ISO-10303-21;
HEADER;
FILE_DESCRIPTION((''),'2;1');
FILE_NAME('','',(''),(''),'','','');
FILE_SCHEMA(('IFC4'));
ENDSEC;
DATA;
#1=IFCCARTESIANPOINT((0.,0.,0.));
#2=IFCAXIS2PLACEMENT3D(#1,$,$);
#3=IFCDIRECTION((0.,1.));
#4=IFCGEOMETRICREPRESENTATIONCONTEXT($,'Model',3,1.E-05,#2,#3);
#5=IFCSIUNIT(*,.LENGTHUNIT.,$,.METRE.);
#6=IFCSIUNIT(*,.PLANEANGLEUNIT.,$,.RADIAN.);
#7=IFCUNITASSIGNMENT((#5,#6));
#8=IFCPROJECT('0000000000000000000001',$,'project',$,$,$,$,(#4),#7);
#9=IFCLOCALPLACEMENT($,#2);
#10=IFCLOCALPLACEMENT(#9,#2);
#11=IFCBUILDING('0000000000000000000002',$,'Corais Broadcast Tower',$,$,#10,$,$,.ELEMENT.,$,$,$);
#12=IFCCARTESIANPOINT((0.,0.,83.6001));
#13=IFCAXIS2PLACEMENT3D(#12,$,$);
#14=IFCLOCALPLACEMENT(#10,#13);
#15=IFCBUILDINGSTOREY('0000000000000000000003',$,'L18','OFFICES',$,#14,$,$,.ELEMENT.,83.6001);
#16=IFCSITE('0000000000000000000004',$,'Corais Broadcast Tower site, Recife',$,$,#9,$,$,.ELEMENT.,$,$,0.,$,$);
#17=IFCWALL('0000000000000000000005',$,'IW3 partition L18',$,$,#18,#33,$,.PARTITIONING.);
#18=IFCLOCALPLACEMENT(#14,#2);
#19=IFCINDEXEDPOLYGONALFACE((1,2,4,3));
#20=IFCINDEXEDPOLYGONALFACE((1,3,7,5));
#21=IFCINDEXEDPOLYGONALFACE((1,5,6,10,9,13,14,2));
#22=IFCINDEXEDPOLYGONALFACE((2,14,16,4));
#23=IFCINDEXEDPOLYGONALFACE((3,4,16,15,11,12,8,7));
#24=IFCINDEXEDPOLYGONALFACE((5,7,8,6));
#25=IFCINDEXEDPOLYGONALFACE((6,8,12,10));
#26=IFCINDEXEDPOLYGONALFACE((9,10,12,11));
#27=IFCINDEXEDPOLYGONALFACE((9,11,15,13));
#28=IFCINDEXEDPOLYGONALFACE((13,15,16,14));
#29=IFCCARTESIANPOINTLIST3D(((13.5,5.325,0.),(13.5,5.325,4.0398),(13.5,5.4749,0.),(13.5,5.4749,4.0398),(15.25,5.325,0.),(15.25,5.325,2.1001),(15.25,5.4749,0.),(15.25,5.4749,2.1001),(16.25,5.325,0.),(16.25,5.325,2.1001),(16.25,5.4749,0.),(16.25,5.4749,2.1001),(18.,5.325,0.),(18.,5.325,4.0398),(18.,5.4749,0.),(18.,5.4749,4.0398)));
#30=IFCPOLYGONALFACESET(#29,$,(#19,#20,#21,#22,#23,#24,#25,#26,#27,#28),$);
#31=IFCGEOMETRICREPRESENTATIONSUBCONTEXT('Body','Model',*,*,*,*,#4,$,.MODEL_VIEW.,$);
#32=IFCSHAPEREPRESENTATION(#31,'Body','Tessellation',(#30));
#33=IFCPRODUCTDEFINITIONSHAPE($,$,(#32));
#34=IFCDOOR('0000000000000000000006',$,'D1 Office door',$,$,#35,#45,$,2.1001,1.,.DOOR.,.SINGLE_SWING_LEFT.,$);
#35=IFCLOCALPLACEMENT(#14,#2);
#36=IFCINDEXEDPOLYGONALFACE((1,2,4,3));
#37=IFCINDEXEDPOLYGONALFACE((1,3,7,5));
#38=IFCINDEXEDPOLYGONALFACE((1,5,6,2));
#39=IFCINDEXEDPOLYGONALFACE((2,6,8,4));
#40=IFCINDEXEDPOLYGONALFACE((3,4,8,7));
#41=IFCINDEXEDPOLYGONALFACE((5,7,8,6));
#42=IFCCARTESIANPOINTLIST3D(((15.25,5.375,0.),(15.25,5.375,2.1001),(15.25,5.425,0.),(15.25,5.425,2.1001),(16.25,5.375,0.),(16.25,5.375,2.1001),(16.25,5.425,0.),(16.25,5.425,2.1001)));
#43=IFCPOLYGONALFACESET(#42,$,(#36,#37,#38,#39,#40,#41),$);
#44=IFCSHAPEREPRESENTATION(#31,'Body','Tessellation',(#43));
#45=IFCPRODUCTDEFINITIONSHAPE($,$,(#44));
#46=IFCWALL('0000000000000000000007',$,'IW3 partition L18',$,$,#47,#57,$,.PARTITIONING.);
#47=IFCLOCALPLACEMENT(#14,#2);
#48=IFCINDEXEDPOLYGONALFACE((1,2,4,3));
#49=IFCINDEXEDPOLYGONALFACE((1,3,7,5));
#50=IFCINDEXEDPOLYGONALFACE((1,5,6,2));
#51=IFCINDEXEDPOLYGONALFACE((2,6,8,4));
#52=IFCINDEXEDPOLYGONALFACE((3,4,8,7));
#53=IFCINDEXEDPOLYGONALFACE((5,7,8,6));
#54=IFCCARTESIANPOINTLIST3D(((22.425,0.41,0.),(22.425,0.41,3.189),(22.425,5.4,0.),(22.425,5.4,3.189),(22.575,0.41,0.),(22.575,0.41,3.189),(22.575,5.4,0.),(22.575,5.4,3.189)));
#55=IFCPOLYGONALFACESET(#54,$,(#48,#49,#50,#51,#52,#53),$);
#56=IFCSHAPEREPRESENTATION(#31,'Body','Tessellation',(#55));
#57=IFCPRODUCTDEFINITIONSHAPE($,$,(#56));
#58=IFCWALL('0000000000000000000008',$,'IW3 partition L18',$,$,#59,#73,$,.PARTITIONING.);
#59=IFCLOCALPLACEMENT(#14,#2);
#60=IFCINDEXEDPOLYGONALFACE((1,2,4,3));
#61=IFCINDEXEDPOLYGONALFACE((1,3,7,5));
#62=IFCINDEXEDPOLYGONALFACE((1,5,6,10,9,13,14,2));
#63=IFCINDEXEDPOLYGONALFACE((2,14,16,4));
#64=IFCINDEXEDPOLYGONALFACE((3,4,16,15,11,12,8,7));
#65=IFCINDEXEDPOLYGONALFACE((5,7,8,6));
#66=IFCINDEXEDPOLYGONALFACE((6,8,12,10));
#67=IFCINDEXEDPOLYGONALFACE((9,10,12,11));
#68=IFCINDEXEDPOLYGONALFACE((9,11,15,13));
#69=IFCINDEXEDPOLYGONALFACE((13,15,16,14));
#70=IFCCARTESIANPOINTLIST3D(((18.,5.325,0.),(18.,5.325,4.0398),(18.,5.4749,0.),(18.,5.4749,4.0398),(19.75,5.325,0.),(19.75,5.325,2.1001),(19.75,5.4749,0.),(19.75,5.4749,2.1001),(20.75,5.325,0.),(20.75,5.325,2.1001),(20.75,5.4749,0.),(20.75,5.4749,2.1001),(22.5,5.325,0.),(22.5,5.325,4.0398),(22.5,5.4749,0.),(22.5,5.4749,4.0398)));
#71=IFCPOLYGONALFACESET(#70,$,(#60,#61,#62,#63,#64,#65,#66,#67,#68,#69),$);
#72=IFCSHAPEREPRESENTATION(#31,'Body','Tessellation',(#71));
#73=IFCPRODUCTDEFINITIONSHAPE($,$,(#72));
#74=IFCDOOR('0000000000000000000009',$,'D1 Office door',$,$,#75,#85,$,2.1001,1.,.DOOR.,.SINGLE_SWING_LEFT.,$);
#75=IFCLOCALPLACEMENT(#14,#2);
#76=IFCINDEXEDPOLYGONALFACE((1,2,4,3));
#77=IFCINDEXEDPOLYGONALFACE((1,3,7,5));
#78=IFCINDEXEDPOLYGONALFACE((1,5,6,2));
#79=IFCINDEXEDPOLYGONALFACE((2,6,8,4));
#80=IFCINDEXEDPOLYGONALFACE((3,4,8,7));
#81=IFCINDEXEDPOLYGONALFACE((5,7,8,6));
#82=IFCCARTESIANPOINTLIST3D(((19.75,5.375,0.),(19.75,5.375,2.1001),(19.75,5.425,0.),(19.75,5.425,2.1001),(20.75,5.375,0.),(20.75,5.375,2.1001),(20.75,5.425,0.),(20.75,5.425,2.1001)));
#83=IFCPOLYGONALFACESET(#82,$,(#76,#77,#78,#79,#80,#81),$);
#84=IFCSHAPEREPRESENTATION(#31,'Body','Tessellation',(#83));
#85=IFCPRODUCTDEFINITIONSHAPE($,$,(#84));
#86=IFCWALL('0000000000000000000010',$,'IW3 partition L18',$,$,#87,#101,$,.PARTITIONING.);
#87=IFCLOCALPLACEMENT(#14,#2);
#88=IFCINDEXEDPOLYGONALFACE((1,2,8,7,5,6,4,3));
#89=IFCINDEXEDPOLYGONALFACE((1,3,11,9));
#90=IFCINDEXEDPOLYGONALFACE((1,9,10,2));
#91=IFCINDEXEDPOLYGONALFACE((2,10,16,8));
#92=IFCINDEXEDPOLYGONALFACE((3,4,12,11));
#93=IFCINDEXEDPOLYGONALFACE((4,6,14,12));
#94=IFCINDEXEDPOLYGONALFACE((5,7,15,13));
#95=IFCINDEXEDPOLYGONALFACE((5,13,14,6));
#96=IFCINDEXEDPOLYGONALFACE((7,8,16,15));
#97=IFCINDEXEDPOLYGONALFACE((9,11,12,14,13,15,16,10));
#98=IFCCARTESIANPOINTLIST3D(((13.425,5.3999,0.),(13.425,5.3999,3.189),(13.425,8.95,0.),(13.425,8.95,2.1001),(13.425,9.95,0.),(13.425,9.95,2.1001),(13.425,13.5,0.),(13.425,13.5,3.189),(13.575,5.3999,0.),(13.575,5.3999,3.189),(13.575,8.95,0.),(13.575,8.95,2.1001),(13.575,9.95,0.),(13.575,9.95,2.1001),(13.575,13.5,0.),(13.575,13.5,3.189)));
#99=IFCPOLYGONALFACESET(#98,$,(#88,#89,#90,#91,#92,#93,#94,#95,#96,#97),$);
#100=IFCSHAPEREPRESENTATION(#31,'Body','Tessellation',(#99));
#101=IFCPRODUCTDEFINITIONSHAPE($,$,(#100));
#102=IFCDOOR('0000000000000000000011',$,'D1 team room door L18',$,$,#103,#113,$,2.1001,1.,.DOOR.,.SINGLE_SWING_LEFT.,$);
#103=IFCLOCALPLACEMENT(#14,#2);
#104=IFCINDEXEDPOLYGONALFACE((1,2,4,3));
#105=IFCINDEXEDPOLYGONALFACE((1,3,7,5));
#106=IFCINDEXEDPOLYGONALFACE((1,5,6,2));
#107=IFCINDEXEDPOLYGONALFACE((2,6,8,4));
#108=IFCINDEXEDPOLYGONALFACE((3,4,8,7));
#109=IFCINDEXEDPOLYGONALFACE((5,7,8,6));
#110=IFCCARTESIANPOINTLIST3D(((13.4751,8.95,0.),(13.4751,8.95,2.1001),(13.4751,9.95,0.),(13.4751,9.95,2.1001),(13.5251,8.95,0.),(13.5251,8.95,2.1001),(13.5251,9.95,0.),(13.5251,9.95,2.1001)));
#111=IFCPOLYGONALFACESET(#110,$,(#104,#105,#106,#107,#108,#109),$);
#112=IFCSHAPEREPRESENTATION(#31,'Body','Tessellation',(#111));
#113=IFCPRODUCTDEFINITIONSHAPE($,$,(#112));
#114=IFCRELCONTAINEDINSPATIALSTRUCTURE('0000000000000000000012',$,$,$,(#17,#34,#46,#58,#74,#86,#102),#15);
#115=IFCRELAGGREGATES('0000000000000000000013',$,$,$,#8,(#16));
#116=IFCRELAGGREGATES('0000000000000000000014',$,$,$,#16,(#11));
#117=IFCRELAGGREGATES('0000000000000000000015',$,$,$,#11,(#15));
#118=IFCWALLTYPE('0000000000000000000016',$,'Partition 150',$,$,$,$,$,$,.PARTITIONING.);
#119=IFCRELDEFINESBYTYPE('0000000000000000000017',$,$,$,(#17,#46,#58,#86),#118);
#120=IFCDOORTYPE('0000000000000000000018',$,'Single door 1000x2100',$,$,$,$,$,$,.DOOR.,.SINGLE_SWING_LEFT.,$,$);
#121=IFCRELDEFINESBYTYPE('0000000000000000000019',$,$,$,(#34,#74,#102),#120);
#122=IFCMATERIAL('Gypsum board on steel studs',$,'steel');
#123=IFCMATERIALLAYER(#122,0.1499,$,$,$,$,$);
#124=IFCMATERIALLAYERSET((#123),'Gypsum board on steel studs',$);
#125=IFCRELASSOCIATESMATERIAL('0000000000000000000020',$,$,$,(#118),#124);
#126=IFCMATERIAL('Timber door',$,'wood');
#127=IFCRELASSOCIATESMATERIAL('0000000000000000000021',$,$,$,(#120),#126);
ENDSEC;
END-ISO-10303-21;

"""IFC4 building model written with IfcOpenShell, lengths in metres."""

from ifc_helpers import new_model, si_unit, direction, frame, frame_2d, origin, place, context, subcontext, project, spatial, rectangle, extrude, material, layer, layer_set, type_object, element, fill, save


model = new_model("IFC4")

# Units and contexts
model_context = context("Model", 3, precision=1e-05, world=origin(), true_north=direction((0.0, 1.0)))
body_context = subcontext(model_context, "Body", "Model", "MODEL_VIEW")
ifc_project = project(units=[si_unit("LENGTHUNIT", "METRE"), si_unit("PLANEANGLEUNIT", "RADIAN")], contexts=[model_context])

# Site, building, storey
site_placement = place(None, origin())
site = spatial("IfcSite", under=ifc_project, at=site_placement, Name="Corais Broadcast Tower site, Recife", CompositionType="ELEMENT", RefElevation=0.0)
building_placement = place(site_placement, origin())
building = spatial("IfcBuilding", under=site, at=building_placement, Name="Corais Broadcast Tower", CompositionType="ELEMENT")
storey_placement = place(building_placement, frame((0.0, 0.0, 83.6001)))
storey = spatial("IfcBuildingStorey", under=building, at=storey_placement, Name="L18", Description="OFFICES", CompositionType="ELEMENT", Elevation=83.6001)

# Shared definitions
ifc_material_1 = material(Name="Gypsum board on steel studs", Category="steel")
ifc_layer_1 = layer(ifc_material_1, 0.1499)
ifc_layer_set_1 = layer_set([ifc_layer_1], Name="Gypsum board on steel studs")
wall_type_1 = type_object("IfcWallType", Name="Partition 150", PredefinedType="PARTITIONING", material=ifc_layer_set_1)

# Shared definitions
ifc_material_2 = material(Name="Timber door", Category="wood")
door_type = type_object("IfcDoorType", Name="Single door 1000x2100", OperationType="SINGLE_SWING_LEFT", PredefinedType="DOOR", material=ifc_material_2)

# Wall, opening, door
wall_1_placement = place(storey_placement, frame((18.0, 5.3999, 0.0), z_axis=(0.0, 0.0, 1.0), x_axis=(-1.0, 0.0, 0.0)))
wall_1 = element("IfcWall", 1, at=wall_1_placement, inside=storey, type_object=wall_type_1, Name="IW3 partition L18", PredefinedType="PARTITIONING", context=body_context, shape_type="SweptSolid", body=[
    extrude(rectangle(XDim=4.5, YDim=0.1499, at=frame_2d((2.25, 0.0))), origin(), (0.0, 0.0, 1.0), 4.0398),
])
opening_1_placement = place(wall_1_placement, frame((1.75, 0.0, 0.0)))
opening_1 = element("IfcOpeningElement", 2, at=opening_1_placement, cuts=wall_1, PredefinedType="OPENING", context=body_context, shape_type="SweptSolid", body=[
    extrude(rectangle(XDim=1.0, YDim=2.1001, at=frame_2d((0.5, 1.05))), frame((0.0, 0.085, 0.0), z_axis=(0.0, -1.0, 0.0), x_axis=(1.0, 0.0, 0.0)), (0.0, 0.0, 1.0), 0.1699),
])
door_1_placement = place(opening_1_placement, origin())
door_1 = element("IfcDoor", 3, at=door_1_placement, inside=storey, type_object=door_type, Name="D1 Office door", OperationType="SINGLE_SWING_LEFT", OverallHeight=2.1001, OverallWidth=1.0, PredefinedType="DOOR", context=body_context, shape_type="SweptSolid", body=[
    extrude(rectangle(XDim=1.0, YDim=2.1001, at=frame_2d((0.5, 1.05))), frame((0.0, 0.0249, 0.0), z_axis=(0.0, -1.0, 0.0), x_axis=(1.0, 0.0, 0.0)), (0.0, 0.0, 1.0), 0.05),
])
fill(opening_1, door_1)

# Wall
wall_2_placement = place(storey_placement, frame((22.5, 0.4099, 0.0), z_axis=(0.0, 0.0, 1.0), x_axis=(0.0, 1.0, 0.0)))
element("IfcWall", 4, at=wall_2_placement, inside=storey, type_object=wall_type_1, Name="IW3 partition L18", PredefinedType="PARTITIONING", context=body_context, shape_type="SweptSolid", body=[
    extrude(rectangle(XDim=4.99, YDim=0.1499, at=frame_2d((2.4951, 0.0))), origin(), (0.0, 0.0, 1.0), 3.189),
])

# Walls, openings, doors
wall_3_placement = place(storey_placement, frame((22.5, 5.3999, 0.0), z_axis=(0.0, 0.0, 1.0), x_axis=(-1.0, 0.0, 0.0)))
wall_3 = element("IfcWall", 5, at=wall_3_placement, inside=storey, type_object=wall_type_1, Name="IW3 partition L18", PredefinedType="PARTITIONING", context=body_context, shape_type="SweptSolid", body=[
    extrude(rectangle(XDim=4.5, YDim=0.1499, at=frame_2d((2.25, 0.0))), origin(), (0.0, 0.0, 1.0), 4.0398),
])
opening_2_placement = place(wall_3_placement, frame((1.75, 0.0, 0.0)))
opening_2 = element("IfcOpeningElement", 6, at=opening_2_placement, cuts=wall_3, PredefinedType="OPENING", context=body_context, shape_type="SweptSolid", body=[
    extrude(rectangle(XDim=1.0, YDim=2.1001, at=frame_2d((0.5, 1.05))), frame((0.0, 0.085, 0.0), z_axis=(0.0, -1.0, 0.0), x_axis=(1.0, 0.0, 0.0)), (0.0, 0.0, 1.0), 0.1699),
])
door_2_placement = place(opening_2_placement, origin())
door_2 = element("IfcDoor", 7, at=door_2_placement, inside=storey, type_object=door_type, Name="D1 Office door", OperationType="SINGLE_SWING_LEFT", OverallHeight=2.1001, OverallWidth=1.0, PredefinedType="DOOR", context=body_context, shape_type="SweptSolid", body=[
    extrude(rectangle(XDim=1.0, YDim=2.1001, at=frame_2d((0.5, 1.05))), frame((0.0, 0.0249, 0.0), z_axis=(0.0, -1.0, 0.0), x_axis=(1.0, 0.0, 0.0)), (0.0, 0.0, 1.0), 0.05),
])
fill(opening_2, door_2)
wall_4_placement = place(storey_placement, frame((13.5, 5.3999, 0.0), z_axis=(0.0, 0.0, 1.0), x_axis=(0.0, 1.0, 0.0)))
wall_4 = element("IfcWall", 8, at=wall_4_placement, inside=storey, type_object=wall_type_1, Name="IW3 partition L18", PredefinedType="PARTITIONING", context=body_context, shape_type="SweptSolid", body=[
    extrude(rectangle(XDim=8.1001, YDim=0.1499, at=frame_2d((4.05, 0.0))), origin(), (0.0, 0.0, 1.0), 3.189),
])
opening_3_placement = place(wall_4_placement, frame((3.55, 0.0, 0.0)))
opening_3 = element("IfcOpeningElement", 9, at=opening_3_placement, cuts=wall_4, PredefinedType="OPENING", context=body_context, shape_type="SweptSolid", body=[
    extrude(rectangle(XDim=1.0, YDim=2.1001, at=frame_2d((0.5, 1.05))), frame((0.0, 0.085, 0.0), z_axis=(0.0, -1.0, 0.0), x_axis=(1.0, 0.0, 0.0)), (0.0, 0.0, 1.0), 0.1699),
])
door_3_placement = place(opening_3_placement, origin())
door_3 = element("IfcDoor", 10, at=door_3_placement, inside=storey, type_object=door_type, Name="D1 team room door L18", OperationType="SINGLE_SWING_LEFT", OverallHeight=2.1001, OverallWidth=1.0, PredefinedType="DOOR", context=body_context, shape_type="SweptSolid", body=[
    extrude(rectangle(XDim=1.0, YDim=2.1001, at=frame_2d((0.5, 1.05))), frame((0.0, 0.0249, 0.0), z_axis=(0.0, -1.0, 0.0), x_axis=(1.0, 0.0, 0.0)), (0.0, 0.0, 1.0), 0.05),
])
fill(opening_3, door_3)

save(model, "model.ifc")
